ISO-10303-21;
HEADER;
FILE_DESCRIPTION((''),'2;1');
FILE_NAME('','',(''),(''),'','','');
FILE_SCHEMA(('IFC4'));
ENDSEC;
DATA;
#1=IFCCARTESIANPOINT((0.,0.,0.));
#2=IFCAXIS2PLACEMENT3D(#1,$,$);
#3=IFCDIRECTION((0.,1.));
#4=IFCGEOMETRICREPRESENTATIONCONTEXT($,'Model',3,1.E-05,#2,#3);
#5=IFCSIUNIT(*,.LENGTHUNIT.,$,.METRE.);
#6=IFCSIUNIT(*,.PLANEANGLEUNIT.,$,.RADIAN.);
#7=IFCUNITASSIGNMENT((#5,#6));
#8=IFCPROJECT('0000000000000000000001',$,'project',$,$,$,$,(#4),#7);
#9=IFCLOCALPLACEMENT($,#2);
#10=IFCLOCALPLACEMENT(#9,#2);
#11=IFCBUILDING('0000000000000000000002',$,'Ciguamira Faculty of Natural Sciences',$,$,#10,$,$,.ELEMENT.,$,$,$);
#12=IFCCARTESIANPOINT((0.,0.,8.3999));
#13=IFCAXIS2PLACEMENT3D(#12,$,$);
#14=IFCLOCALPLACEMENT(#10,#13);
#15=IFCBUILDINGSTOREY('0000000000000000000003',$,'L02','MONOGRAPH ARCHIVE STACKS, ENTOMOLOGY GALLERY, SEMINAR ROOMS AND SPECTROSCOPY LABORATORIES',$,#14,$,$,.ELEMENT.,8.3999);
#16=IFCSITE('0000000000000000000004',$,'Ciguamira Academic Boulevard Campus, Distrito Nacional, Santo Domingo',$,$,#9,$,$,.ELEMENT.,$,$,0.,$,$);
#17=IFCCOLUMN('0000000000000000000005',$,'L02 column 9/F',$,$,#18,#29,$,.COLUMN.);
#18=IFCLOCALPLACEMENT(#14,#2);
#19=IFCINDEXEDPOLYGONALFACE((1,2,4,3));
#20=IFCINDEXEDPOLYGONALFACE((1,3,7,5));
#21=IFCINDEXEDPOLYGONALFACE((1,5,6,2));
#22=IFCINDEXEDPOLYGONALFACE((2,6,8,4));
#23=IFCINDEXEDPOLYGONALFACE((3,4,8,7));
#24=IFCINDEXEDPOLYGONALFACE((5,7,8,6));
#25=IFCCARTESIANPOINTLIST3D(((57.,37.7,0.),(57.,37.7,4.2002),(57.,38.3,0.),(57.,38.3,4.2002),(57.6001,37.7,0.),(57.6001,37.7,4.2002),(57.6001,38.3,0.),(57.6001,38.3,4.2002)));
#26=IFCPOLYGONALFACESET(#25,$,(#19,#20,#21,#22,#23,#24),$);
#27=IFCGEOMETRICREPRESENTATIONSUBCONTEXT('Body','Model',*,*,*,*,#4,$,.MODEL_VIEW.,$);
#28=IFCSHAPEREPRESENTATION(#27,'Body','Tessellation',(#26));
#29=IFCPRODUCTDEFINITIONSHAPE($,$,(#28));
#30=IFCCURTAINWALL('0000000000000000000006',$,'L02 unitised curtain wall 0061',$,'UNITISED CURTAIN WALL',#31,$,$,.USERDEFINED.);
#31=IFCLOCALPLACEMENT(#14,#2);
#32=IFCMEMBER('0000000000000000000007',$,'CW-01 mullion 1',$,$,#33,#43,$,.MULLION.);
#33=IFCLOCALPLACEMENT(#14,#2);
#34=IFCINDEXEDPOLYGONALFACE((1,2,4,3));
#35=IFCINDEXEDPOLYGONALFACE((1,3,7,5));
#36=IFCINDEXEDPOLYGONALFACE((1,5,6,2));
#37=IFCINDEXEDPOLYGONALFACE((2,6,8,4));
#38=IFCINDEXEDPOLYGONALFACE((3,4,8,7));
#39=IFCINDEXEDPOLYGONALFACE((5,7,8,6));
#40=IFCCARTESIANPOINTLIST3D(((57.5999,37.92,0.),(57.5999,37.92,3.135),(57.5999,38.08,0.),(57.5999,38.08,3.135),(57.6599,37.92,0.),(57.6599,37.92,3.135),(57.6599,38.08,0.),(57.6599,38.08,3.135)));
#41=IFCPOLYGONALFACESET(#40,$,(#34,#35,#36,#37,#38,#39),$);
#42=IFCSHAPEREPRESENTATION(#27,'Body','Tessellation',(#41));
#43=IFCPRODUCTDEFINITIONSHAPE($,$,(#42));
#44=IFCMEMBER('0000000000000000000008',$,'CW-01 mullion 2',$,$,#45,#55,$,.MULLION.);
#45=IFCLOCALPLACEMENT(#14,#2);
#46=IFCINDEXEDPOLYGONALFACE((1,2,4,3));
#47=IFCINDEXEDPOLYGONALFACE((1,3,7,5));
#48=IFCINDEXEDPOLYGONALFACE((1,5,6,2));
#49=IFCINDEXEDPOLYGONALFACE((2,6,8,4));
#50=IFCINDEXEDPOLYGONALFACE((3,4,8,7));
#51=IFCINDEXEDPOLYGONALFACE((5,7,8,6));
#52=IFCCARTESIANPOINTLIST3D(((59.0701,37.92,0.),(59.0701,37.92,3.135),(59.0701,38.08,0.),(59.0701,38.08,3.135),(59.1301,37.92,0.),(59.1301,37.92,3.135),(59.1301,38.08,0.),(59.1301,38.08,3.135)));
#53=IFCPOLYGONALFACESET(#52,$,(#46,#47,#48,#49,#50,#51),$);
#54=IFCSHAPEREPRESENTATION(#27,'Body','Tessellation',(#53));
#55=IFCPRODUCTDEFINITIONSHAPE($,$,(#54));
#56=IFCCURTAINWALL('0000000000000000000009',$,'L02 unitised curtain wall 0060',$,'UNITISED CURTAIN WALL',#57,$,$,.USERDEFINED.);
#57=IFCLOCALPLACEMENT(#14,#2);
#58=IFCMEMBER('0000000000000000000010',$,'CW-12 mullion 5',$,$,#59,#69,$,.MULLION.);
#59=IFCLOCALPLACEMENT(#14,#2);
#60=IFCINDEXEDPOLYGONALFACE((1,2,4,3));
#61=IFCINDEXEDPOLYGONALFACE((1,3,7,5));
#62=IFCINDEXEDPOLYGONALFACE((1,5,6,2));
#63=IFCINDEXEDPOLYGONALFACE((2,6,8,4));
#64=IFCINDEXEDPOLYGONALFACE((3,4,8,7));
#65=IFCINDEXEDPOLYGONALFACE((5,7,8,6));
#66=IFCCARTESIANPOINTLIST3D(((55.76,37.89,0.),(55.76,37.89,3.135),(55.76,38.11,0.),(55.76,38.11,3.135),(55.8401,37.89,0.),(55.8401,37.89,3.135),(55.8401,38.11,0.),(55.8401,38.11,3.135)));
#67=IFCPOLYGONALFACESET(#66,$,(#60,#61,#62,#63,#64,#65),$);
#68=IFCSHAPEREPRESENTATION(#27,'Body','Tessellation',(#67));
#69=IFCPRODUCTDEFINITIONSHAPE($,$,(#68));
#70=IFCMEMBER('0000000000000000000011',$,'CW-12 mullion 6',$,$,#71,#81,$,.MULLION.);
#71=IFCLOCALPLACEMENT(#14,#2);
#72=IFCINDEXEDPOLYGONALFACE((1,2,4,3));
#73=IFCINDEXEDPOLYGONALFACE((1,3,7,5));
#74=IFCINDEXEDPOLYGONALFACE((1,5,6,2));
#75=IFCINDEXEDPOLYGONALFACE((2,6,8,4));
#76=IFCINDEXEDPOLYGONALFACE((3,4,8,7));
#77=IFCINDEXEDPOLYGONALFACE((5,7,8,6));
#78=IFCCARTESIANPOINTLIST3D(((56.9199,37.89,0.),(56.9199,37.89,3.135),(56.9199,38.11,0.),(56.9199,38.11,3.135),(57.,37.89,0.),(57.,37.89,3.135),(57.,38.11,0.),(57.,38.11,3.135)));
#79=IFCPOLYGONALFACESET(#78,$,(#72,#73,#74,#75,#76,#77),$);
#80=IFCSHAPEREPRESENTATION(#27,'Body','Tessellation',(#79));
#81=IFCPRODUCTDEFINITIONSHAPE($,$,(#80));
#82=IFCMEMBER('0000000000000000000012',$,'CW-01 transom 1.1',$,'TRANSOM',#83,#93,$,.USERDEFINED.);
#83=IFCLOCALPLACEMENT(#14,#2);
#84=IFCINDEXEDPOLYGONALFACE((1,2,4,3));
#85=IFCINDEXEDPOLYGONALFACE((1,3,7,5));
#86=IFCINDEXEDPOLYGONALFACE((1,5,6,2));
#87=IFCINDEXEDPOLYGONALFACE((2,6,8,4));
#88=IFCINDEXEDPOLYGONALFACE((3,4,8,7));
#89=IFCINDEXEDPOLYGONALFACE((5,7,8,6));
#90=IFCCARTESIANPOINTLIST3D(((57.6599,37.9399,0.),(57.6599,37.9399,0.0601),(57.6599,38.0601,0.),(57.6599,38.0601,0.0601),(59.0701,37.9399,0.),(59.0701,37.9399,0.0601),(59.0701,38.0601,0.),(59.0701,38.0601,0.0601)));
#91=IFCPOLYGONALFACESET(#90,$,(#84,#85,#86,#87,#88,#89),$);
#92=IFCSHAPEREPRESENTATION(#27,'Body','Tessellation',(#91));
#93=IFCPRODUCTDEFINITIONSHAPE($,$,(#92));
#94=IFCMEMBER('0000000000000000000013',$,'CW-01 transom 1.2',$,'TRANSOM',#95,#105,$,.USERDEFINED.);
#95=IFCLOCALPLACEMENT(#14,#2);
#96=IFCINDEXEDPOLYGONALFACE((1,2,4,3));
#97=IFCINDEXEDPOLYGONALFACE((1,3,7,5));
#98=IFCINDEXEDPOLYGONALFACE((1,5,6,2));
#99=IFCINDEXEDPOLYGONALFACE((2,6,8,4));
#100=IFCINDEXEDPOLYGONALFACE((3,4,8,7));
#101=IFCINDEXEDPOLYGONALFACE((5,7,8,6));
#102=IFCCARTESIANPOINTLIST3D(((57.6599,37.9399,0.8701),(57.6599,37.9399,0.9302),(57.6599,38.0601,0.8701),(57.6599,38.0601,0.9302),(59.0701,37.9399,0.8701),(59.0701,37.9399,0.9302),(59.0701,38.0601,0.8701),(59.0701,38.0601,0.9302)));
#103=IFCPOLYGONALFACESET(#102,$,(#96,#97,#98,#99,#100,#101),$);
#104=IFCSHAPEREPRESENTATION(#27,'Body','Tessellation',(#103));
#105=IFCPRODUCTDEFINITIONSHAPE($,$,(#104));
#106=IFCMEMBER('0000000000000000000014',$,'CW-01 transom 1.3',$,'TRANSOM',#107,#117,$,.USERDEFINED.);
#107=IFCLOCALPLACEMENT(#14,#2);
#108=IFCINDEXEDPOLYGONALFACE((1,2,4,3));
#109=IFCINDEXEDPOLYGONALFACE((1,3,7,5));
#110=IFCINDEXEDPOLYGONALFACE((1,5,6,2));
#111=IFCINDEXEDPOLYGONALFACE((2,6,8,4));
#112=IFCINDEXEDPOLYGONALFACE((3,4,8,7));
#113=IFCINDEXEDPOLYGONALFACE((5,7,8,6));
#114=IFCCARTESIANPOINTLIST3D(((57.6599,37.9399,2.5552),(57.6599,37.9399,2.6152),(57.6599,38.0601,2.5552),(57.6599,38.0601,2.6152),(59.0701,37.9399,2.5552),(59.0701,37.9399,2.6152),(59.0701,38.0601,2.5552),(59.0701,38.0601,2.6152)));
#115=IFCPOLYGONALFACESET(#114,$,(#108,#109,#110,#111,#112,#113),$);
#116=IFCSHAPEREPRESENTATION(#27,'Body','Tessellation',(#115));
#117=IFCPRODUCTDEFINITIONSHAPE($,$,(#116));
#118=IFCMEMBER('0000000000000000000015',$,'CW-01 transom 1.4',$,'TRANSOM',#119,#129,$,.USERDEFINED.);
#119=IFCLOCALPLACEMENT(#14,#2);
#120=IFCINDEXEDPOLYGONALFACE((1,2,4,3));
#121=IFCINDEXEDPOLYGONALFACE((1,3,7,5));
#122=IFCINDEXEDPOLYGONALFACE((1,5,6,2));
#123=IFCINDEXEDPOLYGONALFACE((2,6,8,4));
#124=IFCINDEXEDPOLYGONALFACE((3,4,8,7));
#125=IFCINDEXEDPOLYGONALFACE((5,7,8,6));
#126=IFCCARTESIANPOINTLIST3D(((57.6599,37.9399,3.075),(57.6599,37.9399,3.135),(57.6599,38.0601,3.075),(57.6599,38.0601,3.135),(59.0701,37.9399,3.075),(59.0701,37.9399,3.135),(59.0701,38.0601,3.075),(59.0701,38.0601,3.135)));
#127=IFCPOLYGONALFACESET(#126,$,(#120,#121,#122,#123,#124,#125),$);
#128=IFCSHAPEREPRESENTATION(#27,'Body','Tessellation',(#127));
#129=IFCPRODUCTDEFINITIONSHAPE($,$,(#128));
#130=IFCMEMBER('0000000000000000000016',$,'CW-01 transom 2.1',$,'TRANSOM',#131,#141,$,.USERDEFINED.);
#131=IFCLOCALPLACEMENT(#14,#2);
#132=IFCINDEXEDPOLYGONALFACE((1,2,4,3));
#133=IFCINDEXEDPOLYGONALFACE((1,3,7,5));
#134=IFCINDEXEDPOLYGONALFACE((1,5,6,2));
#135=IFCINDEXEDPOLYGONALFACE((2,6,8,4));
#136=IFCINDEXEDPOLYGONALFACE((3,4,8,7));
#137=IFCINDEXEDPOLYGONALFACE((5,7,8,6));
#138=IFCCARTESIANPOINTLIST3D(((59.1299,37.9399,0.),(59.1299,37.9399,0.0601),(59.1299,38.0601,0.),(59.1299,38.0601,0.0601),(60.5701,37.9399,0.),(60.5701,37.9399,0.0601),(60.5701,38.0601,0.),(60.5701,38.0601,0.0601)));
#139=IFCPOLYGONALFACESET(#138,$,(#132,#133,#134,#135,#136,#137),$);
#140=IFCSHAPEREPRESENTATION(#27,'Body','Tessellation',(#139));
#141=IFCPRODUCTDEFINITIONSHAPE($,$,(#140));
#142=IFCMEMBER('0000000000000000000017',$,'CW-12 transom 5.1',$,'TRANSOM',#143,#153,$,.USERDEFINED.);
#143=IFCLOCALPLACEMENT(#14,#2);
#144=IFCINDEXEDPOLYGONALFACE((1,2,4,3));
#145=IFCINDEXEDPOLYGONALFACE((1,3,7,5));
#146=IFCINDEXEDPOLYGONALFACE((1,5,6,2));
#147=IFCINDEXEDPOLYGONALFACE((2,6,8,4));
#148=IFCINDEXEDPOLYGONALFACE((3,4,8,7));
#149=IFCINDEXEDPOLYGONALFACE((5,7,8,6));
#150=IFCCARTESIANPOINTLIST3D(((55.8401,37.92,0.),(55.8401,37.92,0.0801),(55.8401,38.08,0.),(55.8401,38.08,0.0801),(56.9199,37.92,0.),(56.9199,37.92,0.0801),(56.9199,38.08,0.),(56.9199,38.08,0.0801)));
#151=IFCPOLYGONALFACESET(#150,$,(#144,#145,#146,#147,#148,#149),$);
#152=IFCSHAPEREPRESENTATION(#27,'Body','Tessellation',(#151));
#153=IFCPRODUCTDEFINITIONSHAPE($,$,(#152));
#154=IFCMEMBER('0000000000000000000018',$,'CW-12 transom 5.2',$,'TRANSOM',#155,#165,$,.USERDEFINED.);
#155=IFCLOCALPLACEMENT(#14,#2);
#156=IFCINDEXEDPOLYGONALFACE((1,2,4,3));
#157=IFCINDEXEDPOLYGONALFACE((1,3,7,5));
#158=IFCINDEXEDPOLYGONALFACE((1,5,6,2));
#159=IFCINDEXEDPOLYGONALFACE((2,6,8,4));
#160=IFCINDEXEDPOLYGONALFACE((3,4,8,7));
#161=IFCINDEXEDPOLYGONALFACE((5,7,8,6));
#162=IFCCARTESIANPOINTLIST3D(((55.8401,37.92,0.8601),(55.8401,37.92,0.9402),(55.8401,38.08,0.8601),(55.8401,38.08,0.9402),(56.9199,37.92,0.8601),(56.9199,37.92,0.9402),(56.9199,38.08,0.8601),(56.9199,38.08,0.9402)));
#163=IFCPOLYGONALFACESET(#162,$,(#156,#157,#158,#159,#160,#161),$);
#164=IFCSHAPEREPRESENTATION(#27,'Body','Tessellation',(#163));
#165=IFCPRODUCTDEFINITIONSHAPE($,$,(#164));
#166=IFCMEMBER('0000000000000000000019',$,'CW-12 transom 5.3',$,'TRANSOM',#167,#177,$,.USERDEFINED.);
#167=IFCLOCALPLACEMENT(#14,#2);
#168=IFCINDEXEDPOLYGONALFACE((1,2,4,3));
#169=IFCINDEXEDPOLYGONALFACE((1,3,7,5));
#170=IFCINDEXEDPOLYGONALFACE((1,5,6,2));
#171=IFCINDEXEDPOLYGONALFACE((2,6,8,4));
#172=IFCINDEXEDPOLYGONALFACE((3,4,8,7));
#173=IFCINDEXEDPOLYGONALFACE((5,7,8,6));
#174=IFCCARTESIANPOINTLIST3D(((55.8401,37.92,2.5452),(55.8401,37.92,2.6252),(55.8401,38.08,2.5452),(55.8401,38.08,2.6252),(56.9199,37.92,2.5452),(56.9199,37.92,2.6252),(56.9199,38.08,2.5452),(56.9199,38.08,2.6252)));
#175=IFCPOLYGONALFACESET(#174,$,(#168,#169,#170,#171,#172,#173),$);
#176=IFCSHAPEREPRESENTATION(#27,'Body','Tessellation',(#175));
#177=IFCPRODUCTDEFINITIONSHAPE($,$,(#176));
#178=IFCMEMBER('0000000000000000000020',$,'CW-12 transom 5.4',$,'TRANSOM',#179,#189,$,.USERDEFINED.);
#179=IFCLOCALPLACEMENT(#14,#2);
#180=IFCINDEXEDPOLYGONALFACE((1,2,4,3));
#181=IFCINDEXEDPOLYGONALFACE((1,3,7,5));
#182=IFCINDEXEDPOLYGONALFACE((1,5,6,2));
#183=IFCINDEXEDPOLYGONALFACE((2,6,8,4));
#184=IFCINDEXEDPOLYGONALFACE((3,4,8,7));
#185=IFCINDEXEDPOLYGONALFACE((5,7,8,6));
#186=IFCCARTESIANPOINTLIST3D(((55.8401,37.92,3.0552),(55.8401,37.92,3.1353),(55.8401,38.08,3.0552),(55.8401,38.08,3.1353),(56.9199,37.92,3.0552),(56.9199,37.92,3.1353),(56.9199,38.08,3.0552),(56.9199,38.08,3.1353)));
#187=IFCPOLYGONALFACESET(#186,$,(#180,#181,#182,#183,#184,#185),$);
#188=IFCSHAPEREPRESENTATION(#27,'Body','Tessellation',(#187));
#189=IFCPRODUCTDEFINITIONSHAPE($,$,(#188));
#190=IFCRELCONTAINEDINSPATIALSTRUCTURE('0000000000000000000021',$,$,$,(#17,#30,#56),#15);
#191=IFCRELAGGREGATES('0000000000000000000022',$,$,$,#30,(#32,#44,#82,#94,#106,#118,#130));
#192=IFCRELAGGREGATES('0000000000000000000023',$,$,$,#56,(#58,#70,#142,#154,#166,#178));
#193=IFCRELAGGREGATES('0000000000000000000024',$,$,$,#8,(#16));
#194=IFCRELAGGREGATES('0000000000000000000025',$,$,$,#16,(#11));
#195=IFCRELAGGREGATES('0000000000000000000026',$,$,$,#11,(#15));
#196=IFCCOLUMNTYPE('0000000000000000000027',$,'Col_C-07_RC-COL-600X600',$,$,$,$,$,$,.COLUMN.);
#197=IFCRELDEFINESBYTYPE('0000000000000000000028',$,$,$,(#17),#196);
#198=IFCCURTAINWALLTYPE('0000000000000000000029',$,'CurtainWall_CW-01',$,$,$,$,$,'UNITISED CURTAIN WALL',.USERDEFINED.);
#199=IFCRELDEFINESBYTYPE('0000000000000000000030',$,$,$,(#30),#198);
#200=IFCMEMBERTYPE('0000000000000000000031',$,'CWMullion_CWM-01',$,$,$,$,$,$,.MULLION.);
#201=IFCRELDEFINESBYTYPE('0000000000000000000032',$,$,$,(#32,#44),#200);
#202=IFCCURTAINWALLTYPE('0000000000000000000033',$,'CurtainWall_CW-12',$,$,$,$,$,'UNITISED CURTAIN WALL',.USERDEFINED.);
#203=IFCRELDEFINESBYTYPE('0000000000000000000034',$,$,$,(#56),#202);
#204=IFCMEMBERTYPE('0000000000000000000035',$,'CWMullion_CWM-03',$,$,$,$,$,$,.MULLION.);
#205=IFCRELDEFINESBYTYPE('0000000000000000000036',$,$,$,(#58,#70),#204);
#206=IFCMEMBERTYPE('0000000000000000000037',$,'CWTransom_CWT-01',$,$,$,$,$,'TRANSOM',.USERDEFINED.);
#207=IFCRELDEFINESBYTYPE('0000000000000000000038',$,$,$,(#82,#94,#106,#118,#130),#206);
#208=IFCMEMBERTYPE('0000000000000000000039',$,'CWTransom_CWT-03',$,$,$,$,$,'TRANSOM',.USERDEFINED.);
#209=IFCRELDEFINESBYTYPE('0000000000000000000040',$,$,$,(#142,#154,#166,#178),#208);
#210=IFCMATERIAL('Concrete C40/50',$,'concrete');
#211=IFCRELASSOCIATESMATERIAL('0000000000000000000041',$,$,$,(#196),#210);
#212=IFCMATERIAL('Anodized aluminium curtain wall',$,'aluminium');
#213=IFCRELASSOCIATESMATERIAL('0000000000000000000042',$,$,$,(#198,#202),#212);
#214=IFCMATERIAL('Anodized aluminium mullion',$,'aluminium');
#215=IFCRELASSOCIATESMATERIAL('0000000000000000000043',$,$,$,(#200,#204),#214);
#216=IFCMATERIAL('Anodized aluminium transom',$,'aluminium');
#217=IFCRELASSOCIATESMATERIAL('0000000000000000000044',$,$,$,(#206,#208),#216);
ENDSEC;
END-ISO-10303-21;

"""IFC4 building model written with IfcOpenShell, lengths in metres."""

from ifc_helpers import new_model, si_unit, direction, frame, origin, origin_2d, place, context, subcontext, project, spatial, rectangle, extrude, material, material_profile, profile_set, type_object, element, aggregate, save


model = new_model("IFC4")

# Units and contexts
model_context = context("Model", 3, precision=1e-05, world=origin(), true_north=direction((0.0, 1.0)))
body_context = subcontext(model_context, "Body", "Model", "MODEL_VIEW")
ifc_project = project(units=[si_unit("LENGTHUNIT", "METRE"), si_unit("PLANEANGLEUNIT", "RADIAN")], contexts=[model_context])

# Site, building, storey
site_placement = place(None, origin())
site = spatial("IfcSite", under=ifc_project, at=site_placement, Name="Ciguamira Academic Boulevard Campus, Distrito Nacional, Santo Domingo", CompositionType="ELEMENT", RefElevation=0.0)
building_placement = place(site_placement, origin())
building = spatial("IfcBuilding", under=site, at=building_placement, Name="Ciguamira Faculty of Natural Sciences", CompositionType="ELEMENT")
storey_placement = place(building_placement, frame((0.0, 0.0, 8.3999)))
storey = spatial("IfcBuildingStorey", under=building, at=storey_placement, Name="L02", Description="MONOGRAPH ARCHIVE STACKS, ENTOMOLOGY GALLERY, SEMINAR ROOMS AND SPECTROSCOPY LABORATORIES", CompositionType="ELEMENT", Elevation=8.3999)

# Column
ifc_material_1 = material(Name="Concrete C40/50", Category="concrete")
ifc_material_profile_1 = material_profile(ifc_material_1, rectangle(XDim=0.6001, YDim=0.6001, at=origin_2d()), Name="RC-COL-600X600")
ifc_profile_set_1 = profile_set([ifc_material_profile_1], Name="Concrete C40/50")
column_type = type_object("IfcColumnType", Name="Col_C-07_RC-COL-600X600", PredefinedType="COLUMN", material=ifc_profile_set_1)
column_placement = place(storey_placement, frame((57.3, 38.0, 0.0), z_axis=(0.0, 0.0, 1.0), x_axis=(1.0, 0.0, 0.0)))
element("IfcColumn", 1, at=column_placement, inside=storey, type_object=column_type, Name="L02 column 9/F", PredefinedType="COLUMN", context=body_context, shape_type="SweptSolid", body=[
    extrude(rectangle(XDim=0.6001, YDim=0.6001, at=origin_2d()), origin(), (0.0, 0.0, 1.0), 4.2002),
])

# Curtain walls, members
ifc_material_2 = material(Name="Anodized aluminium curtain wall", Category="aluminium")
curtain_wall_type_1 = type_object("IfcCurtainWallType", Name="CurtainWall_CW-01", ElementType="UNITISED CURTAIN WALL", PredefinedType="USERDEFINED", material=ifc_material_2)
curtain_wall_1_placement = place(storey_placement, origin())
curtain_wall_1 = element("IfcCurtainWall", 2, at=curtain_wall_1_placement, inside=storey, type_object=curtain_wall_type_1, Name="L02 unitised curtain wall 0061", ObjectType="UNITISED CURTAIN WALL", PredefinedType="USERDEFINED")
ifc_material_3 = material(Name="Anodized aluminium mullion", Category="aluminium")
ifc_material_profile_2 = material_profile(ifc_material_3, rectangle(XDim=0.0601, YDim=0.1599, at=origin_2d()), Name="ALU-MUL-60X160")
ifc_profile_set_2 = profile_set([ifc_material_profile_2], Name="Anodized aluminium mullion")
member_type_1 = type_object("IfcMemberType", Name="CWMullion_CWM-01", PredefinedType="MULLION", material=ifc_profile_set_2)
member_1_placement = place(storey_placement, frame((57.6299, 38.0, 0.0), z_axis=(0.0, 0.0, 1.0), x_axis=(1.0, 0.0, 0.0)))
member_1 = element("IfcMember", 3, at=member_1_placement, type_object=member_type_1, Name="CW-01 mullion 1", PredefinedType="MULLION", context=body_context, shape_type="SweptSolid", body=[
    extrude(rectangle(XDim=0.0601, YDim=0.1599, at=origin_2d()), origin(), (0.0, 0.0, 1.0), 3.135),
])
member_2_placement = place(storey_placement, frame((59.1001, 38.0, 0.0), z_axis=(0.0, 0.0, 1.0), x_axis=(1.0, 0.0, 0.0)))
member_2 = element("IfcMember", 4, at=member_2_placement, type_object=member_type_1, Name="CW-01 mullion 2", PredefinedType="MULLION", context=body_context, shape_type="SweptSolid", body=[
    extrude(rectangle(XDim=0.0601, YDim=0.1599, at=origin_2d()), origin(), (0.0, 0.0, 1.0), 3.135),
])
curtain_wall_type_2 = type_object("IfcCurtainWallType", Name="CurtainWall_CW-12", ElementType="UNITISED CURTAIN WALL", PredefinedType="USERDEFINED", material=ifc_material_2)
curtain_wall_2_placement = place(storey_placement, origin())
curtain_wall_2 = element("IfcCurtainWall", 5, at=curtain_wall_2_placement, inside=storey, type_object=curtain_wall_type_2, Name="L02 unitised curtain wall 0060", ObjectType="UNITISED CURTAIN WALL", PredefinedType="USERDEFINED")
ifc_material_profile_3 = material_profile(ifc_material_3, rectangle(XDim=0.0801, YDim=0.22, at=origin_2d()), Name="ALU-MUL-80X220")
ifc_profile_set_3 = profile_set([ifc_material_profile_3], Name="Anodized aluminium mullion")
member_type_2 = type_object("IfcMemberType", Name="CWMullion_CWM-03", PredefinedType="MULLION", material=ifc_profile_set_3)
member_3_placement = place(storey_placement, frame((55.8, 38.0, 0.0), z_axis=(0.0, 0.0, 1.0), x_axis=(1.0, 0.0, 0.0)))
member_3 = element("IfcMember", 6, at=member_3_placement, type_object=member_type_2, Name="CW-12 mullion 5", PredefinedType="MULLION", context=body_context, shape_type="SweptSolid", body=[
    extrude(rectangle(XDim=0.0801, YDim=0.22, at=origin_2d()), origin(), (0.0, 0.0, 1.0), 3.135),
])
member_4_placement = place(storey_placement, frame((56.96, 38.0, 0.0), z_axis=(0.0, 0.0, 1.0), x_axis=(1.0, 0.0, 0.0)))
member_4 = element("IfcMember", 7, at=member_4_placement, type_object=member_type_2, Name="CW-12 mullion 6", PredefinedType="MULLION", context=body_context, shape_type="SweptSolid", body=[
    extrude(rectangle(XDim=0.0801, YDim=0.22, at=origin_2d()), origin(), (0.0, 0.0, 1.0), 3.135),
])

# Members
ifc_material_4 = material(Name="Anodized aluminium transom", Category="aluminium")
ifc_material_profile_4 = material_profile(ifc_material_4, rectangle(XDim=0.0601, YDim=0.1201, at=origin_2d()), Name="ALU-TRN-60X120")
ifc_profile_set_4 = profile_set([ifc_material_profile_4], Name="Anodized aluminium transom")
member_type_3 = type_object("IfcMemberType", Name="CWTransom_CWT-01", ElementType="TRANSOM", PredefinedType="USERDEFINED", material=ifc_profile_set_4)
member_5_placement = place(storey_placement, frame((57.6599, 38.0, 0.03), z_axis=(1.0, 0.0, 0.0), x_axis=(0.0, 0.0, 1.0)))
member_5 = element("IfcMember", 8, at=member_5_placement, type_object=member_type_3, Name="CW-01 transom 1.1", ObjectType="TRANSOM", PredefinedType="USERDEFINED", context=body_context, shape_type="SweptSolid", body=[
    extrude(rectangle(XDim=0.0601, YDim=0.1201, at=origin_2d()), origin(), (0.0, 0.0, 1.0), 1.4102),
])
member_6_placement = place(storey_placement, frame((57.6599, 38.0, 0.9001), z_axis=(1.0, 0.0, 0.0), x_axis=(0.0, 0.0, 1.0)))
member_6 = element("IfcMember", 9, at=member_6_placement, type_object=member_type_3, Name="CW-01 transom 1.2", ObjectType="TRANSOM", PredefinedType="USERDEFINED", context=body_context, shape_type="SweptSolid", body=[
    extrude(rectangle(XDim=0.0601, YDim=0.1201, at=origin_2d()), origin(), (0.0, 0.0, 1.0), 1.4102),
])
member_7_placement = place(storey_placement, frame((57.6599, 38.0, 2.5852), z_axis=(1.0, 0.0, 0.0), x_axis=(0.0, 0.0, 1.0)))
member_7 = element("IfcMember", 10, at=member_7_placement, type_object=member_type_3, Name="CW-01 transom 1.3", ObjectType="TRANSOM", PredefinedType="USERDEFINED", context=body_context, shape_type="SweptSolid", body=[
    extrude(rectangle(XDim=0.0601, YDim=0.1201, at=origin_2d()), origin(), (0.0, 0.0, 1.0), 1.4102),
])
member_8_placement = place(storey_placement, frame((57.6599, 38.0, 3.105), z_axis=(1.0, 0.0, 0.0), x_axis=(0.0, 0.0, 1.0)))
member_8 = element("IfcMember", 11, at=member_8_placement, type_object=member_type_3, Name="CW-01 transom 1.4", ObjectType="TRANSOM", PredefinedType="USERDEFINED", context=body_context, shape_type="SweptSolid", body=[
    extrude(rectangle(XDim=0.0601, YDim=0.1201, at=origin_2d()), origin(), (0.0, 0.0, 1.0), 1.4102),
])
member_9_placement = place(storey_placement, frame((59.1299, 38.0, 0.03), z_axis=(1.0, 0.0, 0.0), x_axis=(0.0, 0.0, 1.0)))
member_9 = element("IfcMember", 12, at=member_9_placement, type_object=member_type_3, Name="CW-01 transom 2.1", ObjectType="TRANSOM", PredefinedType="USERDEFINED", context=body_context, shape_type="SweptSolid", body=[
    extrude(rectangle(XDim=0.0601, YDim=0.1201, at=origin_2d()), origin(), (0.0, 0.0, 1.0), 1.4402),
])
ifc_material_profile_5 = material_profile(ifc_material_4, rectangle(XDim=0.0801, YDim=0.1599, at=origin_2d()), Name="ALU-TRN-80X160")
ifc_profile_set_5 = profile_set([ifc_material_profile_5], Name="Anodized aluminium transom")
member_type_4 = type_object("IfcMemberType", Name="CWTransom_CWT-03", ElementType="TRANSOM", PredefinedType="USERDEFINED", material=ifc_profile_set_5)
member_10_placement = place(storey_placement, frame((55.8401, 38.0, 0.04), z_axis=(1.0, 0.0, 0.0), x_axis=(0.0, 0.0, 1.0)))
member_10 = element("IfcMember", 13, at=member_10_placement, type_object=member_type_4, Name="CW-12 transom 5.1", ObjectType="TRANSOM", PredefinedType="USERDEFINED", context=body_context, shape_type="SweptSolid", body=[
    extrude(rectangle(XDim=0.0801, YDim=0.1599, at=origin_2d()), origin(), (0.0, 0.0, 1.0), 1.0798),
])
member_11_placement = place(storey_placement, frame((55.8401, 38.0, 0.9001), z_axis=(1.0, 0.0, 0.0), x_axis=(0.0, 0.0, 1.0)))
member_11 = element("IfcMember", 14, at=member_11_placement, type_object=member_type_4, Name="CW-12 transom 5.2", ObjectType="TRANSOM", PredefinedType="USERDEFINED", context=body_context, shape_type="SweptSolid", body=[
    extrude(rectangle(XDim=0.0801, YDim=0.1599, at=origin_2d()), origin(), (0.0, 0.0, 1.0), 1.0798),
])
member_12_placement = place(storey_placement, frame((55.8401, 38.0, 2.5852), z_axis=(1.0, 0.0, 0.0), x_axis=(0.0, 0.0, 1.0)))
member_12 = element("IfcMember", 15, at=member_12_placement, type_object=member_type_4, Name="CW-12 transom 5.3", ObjectType="TRANSOM", PredefinedType="USERDEFINED", context=body_context, shape_type="SweptSolid", body=[
    extrude(rectangle(XDim=0.0801, YDim=0.1599, at=origin_2d()), origin(), (0.0, 0.0, 1.0), 1.0798),
])
member_13_placement = place(storey_placement, frame((55.8401, 38.0, 3.0952), z_axis=(1.0, 0.0, 0.0), x_axis=(0.0, 0.0, 1.0)))
member_13 = element("IfcMember", 16, at=member_13_placement, type_object=member_type_4, Name="CW-12 transom 5.4", ObjectType="TRANSOM", PredefinedType="USERDEFINED", context=body_context, shape_type="SweptSolid", body=[
    extrude(rectangle(XDim=0.0801, YDim=0.1599, at=origin_2d()), origin(), (0.0, 0.0, 1.0), 1.0798),
])

aggregate(curtain_wall_1, [member_1, member_2, member_5, member_6, member_7, member_8, member_9])
aggregate(curtain_wall_2, [member_3, member_4, member_10, member_11, member_12, member_13])

save(model, "model.ifc")
